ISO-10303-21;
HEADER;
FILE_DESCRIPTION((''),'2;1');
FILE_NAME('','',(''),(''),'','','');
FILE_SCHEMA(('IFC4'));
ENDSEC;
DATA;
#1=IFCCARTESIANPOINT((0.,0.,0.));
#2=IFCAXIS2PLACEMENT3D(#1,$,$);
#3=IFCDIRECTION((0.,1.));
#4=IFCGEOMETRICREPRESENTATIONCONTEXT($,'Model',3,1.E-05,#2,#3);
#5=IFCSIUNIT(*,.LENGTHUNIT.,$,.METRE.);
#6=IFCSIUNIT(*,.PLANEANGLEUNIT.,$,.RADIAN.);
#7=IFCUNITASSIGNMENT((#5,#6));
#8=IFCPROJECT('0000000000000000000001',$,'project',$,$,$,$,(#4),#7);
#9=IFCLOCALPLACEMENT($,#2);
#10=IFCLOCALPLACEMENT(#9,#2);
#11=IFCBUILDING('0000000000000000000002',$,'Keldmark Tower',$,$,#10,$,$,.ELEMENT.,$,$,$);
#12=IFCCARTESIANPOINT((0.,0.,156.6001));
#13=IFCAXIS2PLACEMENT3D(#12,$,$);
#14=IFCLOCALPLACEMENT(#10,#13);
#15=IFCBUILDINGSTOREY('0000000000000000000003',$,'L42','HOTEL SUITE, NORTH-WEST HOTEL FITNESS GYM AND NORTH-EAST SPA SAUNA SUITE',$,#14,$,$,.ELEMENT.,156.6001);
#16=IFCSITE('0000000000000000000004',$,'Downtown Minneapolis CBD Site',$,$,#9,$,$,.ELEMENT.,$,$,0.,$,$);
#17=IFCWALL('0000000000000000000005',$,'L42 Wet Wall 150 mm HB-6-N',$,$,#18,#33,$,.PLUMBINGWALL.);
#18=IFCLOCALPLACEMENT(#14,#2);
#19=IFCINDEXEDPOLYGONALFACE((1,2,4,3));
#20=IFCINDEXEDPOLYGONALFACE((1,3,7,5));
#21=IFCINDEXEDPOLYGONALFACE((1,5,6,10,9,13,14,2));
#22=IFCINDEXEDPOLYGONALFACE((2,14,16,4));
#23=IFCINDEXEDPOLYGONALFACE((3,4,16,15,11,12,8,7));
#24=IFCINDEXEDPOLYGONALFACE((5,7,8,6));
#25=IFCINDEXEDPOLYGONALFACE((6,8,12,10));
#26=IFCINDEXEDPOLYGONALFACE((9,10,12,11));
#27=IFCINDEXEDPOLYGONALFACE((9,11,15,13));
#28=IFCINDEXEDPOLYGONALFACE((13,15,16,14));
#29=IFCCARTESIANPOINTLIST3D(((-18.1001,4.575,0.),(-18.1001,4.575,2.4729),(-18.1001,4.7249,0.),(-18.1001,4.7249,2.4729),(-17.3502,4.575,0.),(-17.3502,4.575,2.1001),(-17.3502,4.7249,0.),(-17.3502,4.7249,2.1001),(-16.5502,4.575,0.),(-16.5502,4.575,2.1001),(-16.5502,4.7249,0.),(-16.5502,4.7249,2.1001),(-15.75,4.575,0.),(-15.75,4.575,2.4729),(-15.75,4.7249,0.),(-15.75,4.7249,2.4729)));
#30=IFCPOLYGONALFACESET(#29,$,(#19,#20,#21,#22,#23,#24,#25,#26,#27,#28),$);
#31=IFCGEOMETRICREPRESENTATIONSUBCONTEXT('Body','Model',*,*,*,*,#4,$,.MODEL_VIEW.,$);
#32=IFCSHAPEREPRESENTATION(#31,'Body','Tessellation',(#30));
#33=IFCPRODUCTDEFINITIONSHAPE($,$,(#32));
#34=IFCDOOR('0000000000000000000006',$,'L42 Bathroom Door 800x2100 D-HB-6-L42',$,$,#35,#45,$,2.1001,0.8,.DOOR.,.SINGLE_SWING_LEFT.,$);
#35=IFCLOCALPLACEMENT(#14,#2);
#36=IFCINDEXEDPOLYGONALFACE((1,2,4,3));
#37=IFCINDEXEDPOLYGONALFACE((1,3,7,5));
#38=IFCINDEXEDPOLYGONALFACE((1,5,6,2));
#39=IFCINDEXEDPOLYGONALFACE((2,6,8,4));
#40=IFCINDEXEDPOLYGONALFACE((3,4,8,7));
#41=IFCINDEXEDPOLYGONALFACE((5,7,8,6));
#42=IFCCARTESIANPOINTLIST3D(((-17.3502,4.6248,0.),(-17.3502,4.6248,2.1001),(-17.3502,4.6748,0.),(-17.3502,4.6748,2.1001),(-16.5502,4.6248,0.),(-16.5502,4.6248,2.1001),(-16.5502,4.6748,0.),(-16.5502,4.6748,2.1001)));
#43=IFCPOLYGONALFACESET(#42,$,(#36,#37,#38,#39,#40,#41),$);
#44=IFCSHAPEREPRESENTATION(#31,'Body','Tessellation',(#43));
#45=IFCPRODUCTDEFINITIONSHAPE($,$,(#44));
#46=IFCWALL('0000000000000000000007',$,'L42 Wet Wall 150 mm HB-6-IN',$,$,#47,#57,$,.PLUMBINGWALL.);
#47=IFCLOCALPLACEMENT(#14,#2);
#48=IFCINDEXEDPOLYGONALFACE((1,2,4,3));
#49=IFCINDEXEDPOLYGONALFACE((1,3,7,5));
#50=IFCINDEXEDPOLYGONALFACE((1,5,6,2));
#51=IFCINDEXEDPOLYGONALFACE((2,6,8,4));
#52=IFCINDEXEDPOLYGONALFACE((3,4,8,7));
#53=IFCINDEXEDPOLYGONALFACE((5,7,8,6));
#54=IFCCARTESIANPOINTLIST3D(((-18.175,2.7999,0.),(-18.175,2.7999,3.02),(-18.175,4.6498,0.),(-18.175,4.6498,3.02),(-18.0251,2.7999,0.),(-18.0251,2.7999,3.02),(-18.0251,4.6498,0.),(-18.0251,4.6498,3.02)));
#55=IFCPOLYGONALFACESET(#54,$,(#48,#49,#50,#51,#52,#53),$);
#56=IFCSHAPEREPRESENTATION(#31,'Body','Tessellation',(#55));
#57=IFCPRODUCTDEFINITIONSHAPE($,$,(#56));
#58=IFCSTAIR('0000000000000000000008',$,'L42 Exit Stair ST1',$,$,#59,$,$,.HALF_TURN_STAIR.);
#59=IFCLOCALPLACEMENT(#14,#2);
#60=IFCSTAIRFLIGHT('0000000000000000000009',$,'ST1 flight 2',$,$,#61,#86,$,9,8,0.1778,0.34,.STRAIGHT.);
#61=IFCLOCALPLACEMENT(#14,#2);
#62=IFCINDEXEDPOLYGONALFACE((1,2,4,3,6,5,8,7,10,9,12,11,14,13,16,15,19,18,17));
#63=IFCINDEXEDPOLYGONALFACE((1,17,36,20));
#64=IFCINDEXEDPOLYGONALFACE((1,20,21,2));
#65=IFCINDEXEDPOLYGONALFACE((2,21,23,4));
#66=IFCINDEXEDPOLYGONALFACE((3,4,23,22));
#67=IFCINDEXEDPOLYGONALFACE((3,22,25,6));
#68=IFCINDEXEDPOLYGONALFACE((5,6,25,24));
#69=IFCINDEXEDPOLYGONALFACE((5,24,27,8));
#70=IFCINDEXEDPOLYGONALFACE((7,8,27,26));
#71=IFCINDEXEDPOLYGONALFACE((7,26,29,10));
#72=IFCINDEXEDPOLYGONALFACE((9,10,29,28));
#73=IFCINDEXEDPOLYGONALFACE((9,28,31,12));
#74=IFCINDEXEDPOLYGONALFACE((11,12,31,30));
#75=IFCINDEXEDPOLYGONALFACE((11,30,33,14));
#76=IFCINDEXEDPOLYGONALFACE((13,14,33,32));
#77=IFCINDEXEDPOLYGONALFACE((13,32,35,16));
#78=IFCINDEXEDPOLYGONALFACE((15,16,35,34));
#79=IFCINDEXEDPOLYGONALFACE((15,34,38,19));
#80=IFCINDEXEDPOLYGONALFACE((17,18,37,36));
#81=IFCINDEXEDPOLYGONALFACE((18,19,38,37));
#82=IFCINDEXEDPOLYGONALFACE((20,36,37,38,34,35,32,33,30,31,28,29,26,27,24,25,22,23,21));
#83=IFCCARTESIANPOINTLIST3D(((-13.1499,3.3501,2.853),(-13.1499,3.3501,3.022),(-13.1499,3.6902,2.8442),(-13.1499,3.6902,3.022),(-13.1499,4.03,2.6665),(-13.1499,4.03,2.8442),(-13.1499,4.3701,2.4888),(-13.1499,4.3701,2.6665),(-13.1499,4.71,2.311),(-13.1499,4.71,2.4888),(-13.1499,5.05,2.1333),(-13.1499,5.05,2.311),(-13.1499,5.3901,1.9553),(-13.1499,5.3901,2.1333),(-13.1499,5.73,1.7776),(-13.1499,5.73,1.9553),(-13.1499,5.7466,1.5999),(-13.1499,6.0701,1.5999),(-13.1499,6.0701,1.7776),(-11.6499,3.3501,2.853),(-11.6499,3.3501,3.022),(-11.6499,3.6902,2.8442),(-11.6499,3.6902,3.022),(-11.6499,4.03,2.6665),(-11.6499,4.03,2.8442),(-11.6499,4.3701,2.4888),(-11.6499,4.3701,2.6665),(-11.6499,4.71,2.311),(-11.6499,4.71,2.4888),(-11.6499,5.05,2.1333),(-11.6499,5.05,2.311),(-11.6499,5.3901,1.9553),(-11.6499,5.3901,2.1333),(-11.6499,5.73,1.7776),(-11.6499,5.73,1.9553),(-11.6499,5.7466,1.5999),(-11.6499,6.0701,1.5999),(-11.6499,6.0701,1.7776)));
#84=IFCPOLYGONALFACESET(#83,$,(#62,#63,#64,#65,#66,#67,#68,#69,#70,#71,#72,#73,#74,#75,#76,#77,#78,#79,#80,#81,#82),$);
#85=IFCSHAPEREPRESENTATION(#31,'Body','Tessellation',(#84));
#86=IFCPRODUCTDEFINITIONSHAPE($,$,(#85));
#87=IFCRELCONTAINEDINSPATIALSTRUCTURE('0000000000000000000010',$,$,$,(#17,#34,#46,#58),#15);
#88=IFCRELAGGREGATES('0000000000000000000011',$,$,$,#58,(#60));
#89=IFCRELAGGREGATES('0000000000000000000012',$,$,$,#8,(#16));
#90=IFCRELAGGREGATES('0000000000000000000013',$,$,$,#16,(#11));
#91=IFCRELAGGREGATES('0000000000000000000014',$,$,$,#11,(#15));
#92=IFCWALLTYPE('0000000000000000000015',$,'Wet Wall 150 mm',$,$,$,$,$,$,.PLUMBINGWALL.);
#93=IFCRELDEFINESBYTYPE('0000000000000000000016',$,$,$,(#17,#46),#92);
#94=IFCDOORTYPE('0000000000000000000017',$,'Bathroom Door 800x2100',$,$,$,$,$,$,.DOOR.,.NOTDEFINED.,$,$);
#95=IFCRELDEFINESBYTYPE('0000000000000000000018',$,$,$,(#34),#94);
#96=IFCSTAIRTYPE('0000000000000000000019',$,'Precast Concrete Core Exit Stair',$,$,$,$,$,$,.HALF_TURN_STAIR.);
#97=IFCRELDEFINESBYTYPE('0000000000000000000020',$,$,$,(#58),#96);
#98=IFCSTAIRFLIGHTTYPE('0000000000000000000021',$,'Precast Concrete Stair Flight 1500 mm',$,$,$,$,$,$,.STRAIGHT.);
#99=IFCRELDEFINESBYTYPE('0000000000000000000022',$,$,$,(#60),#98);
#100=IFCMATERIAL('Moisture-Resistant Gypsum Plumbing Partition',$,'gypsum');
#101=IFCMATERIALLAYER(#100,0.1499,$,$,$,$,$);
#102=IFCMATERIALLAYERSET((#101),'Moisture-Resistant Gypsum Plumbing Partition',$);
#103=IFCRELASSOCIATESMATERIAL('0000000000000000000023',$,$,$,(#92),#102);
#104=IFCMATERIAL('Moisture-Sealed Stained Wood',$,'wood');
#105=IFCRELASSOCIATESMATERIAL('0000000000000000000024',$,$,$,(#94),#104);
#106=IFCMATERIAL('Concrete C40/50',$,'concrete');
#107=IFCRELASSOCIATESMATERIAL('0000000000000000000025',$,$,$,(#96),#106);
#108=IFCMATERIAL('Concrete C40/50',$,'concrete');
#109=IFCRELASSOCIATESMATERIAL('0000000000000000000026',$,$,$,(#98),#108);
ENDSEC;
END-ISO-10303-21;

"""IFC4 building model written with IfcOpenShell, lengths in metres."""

from ifc_helpers import new_model, si_unit, direction, frame, frame_2d, origin, place, context, subcontext, project, spatial, polyline, rectangle, outline, extrude, material, layer, layer_set, type_object, element, fill, aggregate, save


model = new_model("IFC4")

# Units and contexts
model_context = context("Model", 3, precision=1e-05, world=origin(), true_north=direction((0.0, 1.0)))
body_context = subcontext(model_context, "Body", "Model", "MODEL_VIEW")
ifc_project = project(units=[si_unit("LENGTHUNIT", "METRE"), si_unit("PLANEANGLEUNIT", "RADIAN")], contexts=[model_context])

# Site, building, storey
site_placement = place(None, origin())
site = spatial("IfcSite", under=ifc_project, at=site_placement, Name="Downtown Minneapolis CBD Site", CompositionType="ELEMENT", RefElevation=0.0)
building_placement = place(site_placement, origin())
building = spatial("IfcBuilding", under=site, at=building_placement, Name="Keldmark Tower", CompositionType="ELEMENT")
storey_placement = place(building_placement, frame((0.0, 0.0, 156.6001)))
storey = spatial("IfcBuildingStorey", under=building, at=storey_placement, Name="L42", Description="HOTEL SUITE, NORTH-WEST HOTEL FITNESS GYM AND NORTH-EAST SPA SAUNA SUITE", CompositionType="ELEMENT", Elevation=156.6001)

# Shared definitions
ifc_material_1 = material(Name="Moisture-Resistant Gypsum Plumbing Partition", Category="gypsum")
ifc_layer_1 = layer(ifc_material_1, 0.1499)
ifc_layer_set_1 = layer_set([ifc_layer_1], Name="Moisture-Resistant Gypsum Plumbing Partition")
wall_type_1 = type_object("IfcWallType", Name="Wet Wall 150 mm", PredefinedType="PLUMBINGWALL", material=ifc_layer_set_1)

# Wall, opening, door
wall_1_placement = place(storey_placement, frame((-18.1001, 4.6499, 0.0), z_axis=(0.0, 0.0, 1.0), x_axis=(1.0, 0.0, 0.0)))
wall_1 = element("IfcWall", 1, at=wall_1_placement, inside=storey, type_object=wall_type_1, Name="L42 Wet Wall 150 mm HB-6-N", PredefinedType="PLUMBINGWALL", context=body_context, shape_type="SweptSolid", body=[
    extrude(rectangle(XDim=2.3501, YDim=0.1499, at=frame_2d((1.175, 0.0))), origin(), (0.0, 0.0, 1.0), 2.4729),
])
opening_1_placement = place(wall_1_placement, frame((0.75, 0.0, 0.0)))
opening_1 = element("IfcOpeningElement", 2, at=opening_1_placement, cuts=wall_1, PredefinedType="OPENING", context=body_context, shape_type="SweptSolid", body=[
    extrude(rectangle(XDim=0.8, YDim=2.1001, at=frame_2d((0.3999, 1.05))), frame((0.0, 0.085, 0.0), z_axis=(0.0, -1.0, 0.0), x_axis=(1.0, 0.0, 0.0)), (0.0, 0.0, 1.0), 0.1699),
])
ifc_material_2 = material(Name="Moisture-Sealed Stained Wood", Category="wood")
door_type = type_object("IfcDoorType", Name="Bathroom Door 800x2100", OperationType="NOTDEFINED", PredefinedType="DOOR", material=ifc_material_2)
door_placement = place(opening_1_placement, origin())
door = element("IfcDoor", 3, at=door_placement, inside=storey, type_object=door_type, Name="L42 Bathroom Door 800x2100 D-HB-6-L42", OperationType="SINGLE_SWING_LEFT", OverallHeight=2.1001, OverallWidth=0.8, PredefinedType="DOOR", context=body_context, shape_type="SweptSolid", body=[
    extrude(rectangle(XDim=0.8, YDim=2.1001, at=frame_2d((0.3999, 1.05))), frame((0.0, 0.0249, 0.0), z_axis=(0.0, -1.0, 0.0), x_axis=(1.0, 0.0, 0.0)), (0.0, 0.0, 1.0), 0.05),
])
fill(opening_1, door)

# Wall
wall_2_placement = place(storey_placement, frame((-18.1001, 2.8, 0.0), z_axis=(0.0, 0.0, 1.0), x_axis=(0.0, 1.0, 0.0)))
element("IfcWall", 4, at=wall_2_placement, inside=storey, type_object=wall_type_1, Name="L42 Wet Wall 150 mm HB-6-IN", PredefinedType="PLUMBINGWALL", context=body_context, shape_type="SweptSolid", body=[
    extrude(rectangle(XDim=1.8499, YDim=0.1499, at=frame_2d((0.9248, 0.0))), origin(), (0.0, 0.0, 1.0), 3.02),
])

# Stair, stair flight
ifc_material_3 = material(Name="Concrete C40/50", Category="concrete")
stair_type = type_object("IfcStairType", Name="Precast Concrete Core Exit Stair", PredefinedType="HALF_TURN_STAIR", material=ifc_material_3)
stair_placement = place(storey_placement, origin())
stair = element("IfcStair", 5, at=stair_placement, inside=storey, type_object=stair_type, Name="L42 Exit Stair ST1", PredefinedType="HALF_TURN_STAIR")
ifc_material_4 = material(Name="Concrete C40/50", Category="concrete")
stair_flight_type = type_object("IfcStairFlightType", Name="Precast Concrete Stair Flight 1500 mm", PredefinedType="STRAIGHT", material=ifc_material_4)
stair_flight_placement = place(storey_placement, frame((-12.3999, 6.0701, 1.5999), z_axis=(0.0, 0.0, 1.0), x_axis=(0.0, -1.0, 0.0)))
stair_flight = element("IfcStairFlight", 6, at=stair_flight_placement, type_object=stair_flight_type, Name="ST1 flight 2", NumberOfRisers=9, NumberOfTreads=8, PredefinedType="STRAIGHT", RiserHeight=0.1778, TreadLength=0.34, context=body_context, shape_type="SweptSolid", body=[
    extrude(outline(polyline([(0.0, 0.0), (0.0, 0.1777), (0.3401, 0.1777), (0.3401, 0.3555), (0.6799, 0.3555), (0.6799, 0.5334), (1.02, 0.5334), (1.02, 0.7112), (1.3601, 0.7112), (1.3601, 0.8889), (1.7, 0.8889), (1.7, 1.0667), (2.04, 1.0667), (2.04, 1.2444), (2.3799, 1.2444), (2.3799, 1.4221), (2.72, 1.4221), (2.72, 1.6001), (2.72, 1.2532), (0.3235, 0.0), (0.0, 0.0)])), frame((0.0, 0.75, 0.0), z_axis=(0.0, -1.0, 0.0), x_axis=(1.0, 0.0, 0.0)), (0.0, 0.0, 1.0), 1.5),
])
aggregate(stair, [stair_flight])

save(model, "model.ifc")
